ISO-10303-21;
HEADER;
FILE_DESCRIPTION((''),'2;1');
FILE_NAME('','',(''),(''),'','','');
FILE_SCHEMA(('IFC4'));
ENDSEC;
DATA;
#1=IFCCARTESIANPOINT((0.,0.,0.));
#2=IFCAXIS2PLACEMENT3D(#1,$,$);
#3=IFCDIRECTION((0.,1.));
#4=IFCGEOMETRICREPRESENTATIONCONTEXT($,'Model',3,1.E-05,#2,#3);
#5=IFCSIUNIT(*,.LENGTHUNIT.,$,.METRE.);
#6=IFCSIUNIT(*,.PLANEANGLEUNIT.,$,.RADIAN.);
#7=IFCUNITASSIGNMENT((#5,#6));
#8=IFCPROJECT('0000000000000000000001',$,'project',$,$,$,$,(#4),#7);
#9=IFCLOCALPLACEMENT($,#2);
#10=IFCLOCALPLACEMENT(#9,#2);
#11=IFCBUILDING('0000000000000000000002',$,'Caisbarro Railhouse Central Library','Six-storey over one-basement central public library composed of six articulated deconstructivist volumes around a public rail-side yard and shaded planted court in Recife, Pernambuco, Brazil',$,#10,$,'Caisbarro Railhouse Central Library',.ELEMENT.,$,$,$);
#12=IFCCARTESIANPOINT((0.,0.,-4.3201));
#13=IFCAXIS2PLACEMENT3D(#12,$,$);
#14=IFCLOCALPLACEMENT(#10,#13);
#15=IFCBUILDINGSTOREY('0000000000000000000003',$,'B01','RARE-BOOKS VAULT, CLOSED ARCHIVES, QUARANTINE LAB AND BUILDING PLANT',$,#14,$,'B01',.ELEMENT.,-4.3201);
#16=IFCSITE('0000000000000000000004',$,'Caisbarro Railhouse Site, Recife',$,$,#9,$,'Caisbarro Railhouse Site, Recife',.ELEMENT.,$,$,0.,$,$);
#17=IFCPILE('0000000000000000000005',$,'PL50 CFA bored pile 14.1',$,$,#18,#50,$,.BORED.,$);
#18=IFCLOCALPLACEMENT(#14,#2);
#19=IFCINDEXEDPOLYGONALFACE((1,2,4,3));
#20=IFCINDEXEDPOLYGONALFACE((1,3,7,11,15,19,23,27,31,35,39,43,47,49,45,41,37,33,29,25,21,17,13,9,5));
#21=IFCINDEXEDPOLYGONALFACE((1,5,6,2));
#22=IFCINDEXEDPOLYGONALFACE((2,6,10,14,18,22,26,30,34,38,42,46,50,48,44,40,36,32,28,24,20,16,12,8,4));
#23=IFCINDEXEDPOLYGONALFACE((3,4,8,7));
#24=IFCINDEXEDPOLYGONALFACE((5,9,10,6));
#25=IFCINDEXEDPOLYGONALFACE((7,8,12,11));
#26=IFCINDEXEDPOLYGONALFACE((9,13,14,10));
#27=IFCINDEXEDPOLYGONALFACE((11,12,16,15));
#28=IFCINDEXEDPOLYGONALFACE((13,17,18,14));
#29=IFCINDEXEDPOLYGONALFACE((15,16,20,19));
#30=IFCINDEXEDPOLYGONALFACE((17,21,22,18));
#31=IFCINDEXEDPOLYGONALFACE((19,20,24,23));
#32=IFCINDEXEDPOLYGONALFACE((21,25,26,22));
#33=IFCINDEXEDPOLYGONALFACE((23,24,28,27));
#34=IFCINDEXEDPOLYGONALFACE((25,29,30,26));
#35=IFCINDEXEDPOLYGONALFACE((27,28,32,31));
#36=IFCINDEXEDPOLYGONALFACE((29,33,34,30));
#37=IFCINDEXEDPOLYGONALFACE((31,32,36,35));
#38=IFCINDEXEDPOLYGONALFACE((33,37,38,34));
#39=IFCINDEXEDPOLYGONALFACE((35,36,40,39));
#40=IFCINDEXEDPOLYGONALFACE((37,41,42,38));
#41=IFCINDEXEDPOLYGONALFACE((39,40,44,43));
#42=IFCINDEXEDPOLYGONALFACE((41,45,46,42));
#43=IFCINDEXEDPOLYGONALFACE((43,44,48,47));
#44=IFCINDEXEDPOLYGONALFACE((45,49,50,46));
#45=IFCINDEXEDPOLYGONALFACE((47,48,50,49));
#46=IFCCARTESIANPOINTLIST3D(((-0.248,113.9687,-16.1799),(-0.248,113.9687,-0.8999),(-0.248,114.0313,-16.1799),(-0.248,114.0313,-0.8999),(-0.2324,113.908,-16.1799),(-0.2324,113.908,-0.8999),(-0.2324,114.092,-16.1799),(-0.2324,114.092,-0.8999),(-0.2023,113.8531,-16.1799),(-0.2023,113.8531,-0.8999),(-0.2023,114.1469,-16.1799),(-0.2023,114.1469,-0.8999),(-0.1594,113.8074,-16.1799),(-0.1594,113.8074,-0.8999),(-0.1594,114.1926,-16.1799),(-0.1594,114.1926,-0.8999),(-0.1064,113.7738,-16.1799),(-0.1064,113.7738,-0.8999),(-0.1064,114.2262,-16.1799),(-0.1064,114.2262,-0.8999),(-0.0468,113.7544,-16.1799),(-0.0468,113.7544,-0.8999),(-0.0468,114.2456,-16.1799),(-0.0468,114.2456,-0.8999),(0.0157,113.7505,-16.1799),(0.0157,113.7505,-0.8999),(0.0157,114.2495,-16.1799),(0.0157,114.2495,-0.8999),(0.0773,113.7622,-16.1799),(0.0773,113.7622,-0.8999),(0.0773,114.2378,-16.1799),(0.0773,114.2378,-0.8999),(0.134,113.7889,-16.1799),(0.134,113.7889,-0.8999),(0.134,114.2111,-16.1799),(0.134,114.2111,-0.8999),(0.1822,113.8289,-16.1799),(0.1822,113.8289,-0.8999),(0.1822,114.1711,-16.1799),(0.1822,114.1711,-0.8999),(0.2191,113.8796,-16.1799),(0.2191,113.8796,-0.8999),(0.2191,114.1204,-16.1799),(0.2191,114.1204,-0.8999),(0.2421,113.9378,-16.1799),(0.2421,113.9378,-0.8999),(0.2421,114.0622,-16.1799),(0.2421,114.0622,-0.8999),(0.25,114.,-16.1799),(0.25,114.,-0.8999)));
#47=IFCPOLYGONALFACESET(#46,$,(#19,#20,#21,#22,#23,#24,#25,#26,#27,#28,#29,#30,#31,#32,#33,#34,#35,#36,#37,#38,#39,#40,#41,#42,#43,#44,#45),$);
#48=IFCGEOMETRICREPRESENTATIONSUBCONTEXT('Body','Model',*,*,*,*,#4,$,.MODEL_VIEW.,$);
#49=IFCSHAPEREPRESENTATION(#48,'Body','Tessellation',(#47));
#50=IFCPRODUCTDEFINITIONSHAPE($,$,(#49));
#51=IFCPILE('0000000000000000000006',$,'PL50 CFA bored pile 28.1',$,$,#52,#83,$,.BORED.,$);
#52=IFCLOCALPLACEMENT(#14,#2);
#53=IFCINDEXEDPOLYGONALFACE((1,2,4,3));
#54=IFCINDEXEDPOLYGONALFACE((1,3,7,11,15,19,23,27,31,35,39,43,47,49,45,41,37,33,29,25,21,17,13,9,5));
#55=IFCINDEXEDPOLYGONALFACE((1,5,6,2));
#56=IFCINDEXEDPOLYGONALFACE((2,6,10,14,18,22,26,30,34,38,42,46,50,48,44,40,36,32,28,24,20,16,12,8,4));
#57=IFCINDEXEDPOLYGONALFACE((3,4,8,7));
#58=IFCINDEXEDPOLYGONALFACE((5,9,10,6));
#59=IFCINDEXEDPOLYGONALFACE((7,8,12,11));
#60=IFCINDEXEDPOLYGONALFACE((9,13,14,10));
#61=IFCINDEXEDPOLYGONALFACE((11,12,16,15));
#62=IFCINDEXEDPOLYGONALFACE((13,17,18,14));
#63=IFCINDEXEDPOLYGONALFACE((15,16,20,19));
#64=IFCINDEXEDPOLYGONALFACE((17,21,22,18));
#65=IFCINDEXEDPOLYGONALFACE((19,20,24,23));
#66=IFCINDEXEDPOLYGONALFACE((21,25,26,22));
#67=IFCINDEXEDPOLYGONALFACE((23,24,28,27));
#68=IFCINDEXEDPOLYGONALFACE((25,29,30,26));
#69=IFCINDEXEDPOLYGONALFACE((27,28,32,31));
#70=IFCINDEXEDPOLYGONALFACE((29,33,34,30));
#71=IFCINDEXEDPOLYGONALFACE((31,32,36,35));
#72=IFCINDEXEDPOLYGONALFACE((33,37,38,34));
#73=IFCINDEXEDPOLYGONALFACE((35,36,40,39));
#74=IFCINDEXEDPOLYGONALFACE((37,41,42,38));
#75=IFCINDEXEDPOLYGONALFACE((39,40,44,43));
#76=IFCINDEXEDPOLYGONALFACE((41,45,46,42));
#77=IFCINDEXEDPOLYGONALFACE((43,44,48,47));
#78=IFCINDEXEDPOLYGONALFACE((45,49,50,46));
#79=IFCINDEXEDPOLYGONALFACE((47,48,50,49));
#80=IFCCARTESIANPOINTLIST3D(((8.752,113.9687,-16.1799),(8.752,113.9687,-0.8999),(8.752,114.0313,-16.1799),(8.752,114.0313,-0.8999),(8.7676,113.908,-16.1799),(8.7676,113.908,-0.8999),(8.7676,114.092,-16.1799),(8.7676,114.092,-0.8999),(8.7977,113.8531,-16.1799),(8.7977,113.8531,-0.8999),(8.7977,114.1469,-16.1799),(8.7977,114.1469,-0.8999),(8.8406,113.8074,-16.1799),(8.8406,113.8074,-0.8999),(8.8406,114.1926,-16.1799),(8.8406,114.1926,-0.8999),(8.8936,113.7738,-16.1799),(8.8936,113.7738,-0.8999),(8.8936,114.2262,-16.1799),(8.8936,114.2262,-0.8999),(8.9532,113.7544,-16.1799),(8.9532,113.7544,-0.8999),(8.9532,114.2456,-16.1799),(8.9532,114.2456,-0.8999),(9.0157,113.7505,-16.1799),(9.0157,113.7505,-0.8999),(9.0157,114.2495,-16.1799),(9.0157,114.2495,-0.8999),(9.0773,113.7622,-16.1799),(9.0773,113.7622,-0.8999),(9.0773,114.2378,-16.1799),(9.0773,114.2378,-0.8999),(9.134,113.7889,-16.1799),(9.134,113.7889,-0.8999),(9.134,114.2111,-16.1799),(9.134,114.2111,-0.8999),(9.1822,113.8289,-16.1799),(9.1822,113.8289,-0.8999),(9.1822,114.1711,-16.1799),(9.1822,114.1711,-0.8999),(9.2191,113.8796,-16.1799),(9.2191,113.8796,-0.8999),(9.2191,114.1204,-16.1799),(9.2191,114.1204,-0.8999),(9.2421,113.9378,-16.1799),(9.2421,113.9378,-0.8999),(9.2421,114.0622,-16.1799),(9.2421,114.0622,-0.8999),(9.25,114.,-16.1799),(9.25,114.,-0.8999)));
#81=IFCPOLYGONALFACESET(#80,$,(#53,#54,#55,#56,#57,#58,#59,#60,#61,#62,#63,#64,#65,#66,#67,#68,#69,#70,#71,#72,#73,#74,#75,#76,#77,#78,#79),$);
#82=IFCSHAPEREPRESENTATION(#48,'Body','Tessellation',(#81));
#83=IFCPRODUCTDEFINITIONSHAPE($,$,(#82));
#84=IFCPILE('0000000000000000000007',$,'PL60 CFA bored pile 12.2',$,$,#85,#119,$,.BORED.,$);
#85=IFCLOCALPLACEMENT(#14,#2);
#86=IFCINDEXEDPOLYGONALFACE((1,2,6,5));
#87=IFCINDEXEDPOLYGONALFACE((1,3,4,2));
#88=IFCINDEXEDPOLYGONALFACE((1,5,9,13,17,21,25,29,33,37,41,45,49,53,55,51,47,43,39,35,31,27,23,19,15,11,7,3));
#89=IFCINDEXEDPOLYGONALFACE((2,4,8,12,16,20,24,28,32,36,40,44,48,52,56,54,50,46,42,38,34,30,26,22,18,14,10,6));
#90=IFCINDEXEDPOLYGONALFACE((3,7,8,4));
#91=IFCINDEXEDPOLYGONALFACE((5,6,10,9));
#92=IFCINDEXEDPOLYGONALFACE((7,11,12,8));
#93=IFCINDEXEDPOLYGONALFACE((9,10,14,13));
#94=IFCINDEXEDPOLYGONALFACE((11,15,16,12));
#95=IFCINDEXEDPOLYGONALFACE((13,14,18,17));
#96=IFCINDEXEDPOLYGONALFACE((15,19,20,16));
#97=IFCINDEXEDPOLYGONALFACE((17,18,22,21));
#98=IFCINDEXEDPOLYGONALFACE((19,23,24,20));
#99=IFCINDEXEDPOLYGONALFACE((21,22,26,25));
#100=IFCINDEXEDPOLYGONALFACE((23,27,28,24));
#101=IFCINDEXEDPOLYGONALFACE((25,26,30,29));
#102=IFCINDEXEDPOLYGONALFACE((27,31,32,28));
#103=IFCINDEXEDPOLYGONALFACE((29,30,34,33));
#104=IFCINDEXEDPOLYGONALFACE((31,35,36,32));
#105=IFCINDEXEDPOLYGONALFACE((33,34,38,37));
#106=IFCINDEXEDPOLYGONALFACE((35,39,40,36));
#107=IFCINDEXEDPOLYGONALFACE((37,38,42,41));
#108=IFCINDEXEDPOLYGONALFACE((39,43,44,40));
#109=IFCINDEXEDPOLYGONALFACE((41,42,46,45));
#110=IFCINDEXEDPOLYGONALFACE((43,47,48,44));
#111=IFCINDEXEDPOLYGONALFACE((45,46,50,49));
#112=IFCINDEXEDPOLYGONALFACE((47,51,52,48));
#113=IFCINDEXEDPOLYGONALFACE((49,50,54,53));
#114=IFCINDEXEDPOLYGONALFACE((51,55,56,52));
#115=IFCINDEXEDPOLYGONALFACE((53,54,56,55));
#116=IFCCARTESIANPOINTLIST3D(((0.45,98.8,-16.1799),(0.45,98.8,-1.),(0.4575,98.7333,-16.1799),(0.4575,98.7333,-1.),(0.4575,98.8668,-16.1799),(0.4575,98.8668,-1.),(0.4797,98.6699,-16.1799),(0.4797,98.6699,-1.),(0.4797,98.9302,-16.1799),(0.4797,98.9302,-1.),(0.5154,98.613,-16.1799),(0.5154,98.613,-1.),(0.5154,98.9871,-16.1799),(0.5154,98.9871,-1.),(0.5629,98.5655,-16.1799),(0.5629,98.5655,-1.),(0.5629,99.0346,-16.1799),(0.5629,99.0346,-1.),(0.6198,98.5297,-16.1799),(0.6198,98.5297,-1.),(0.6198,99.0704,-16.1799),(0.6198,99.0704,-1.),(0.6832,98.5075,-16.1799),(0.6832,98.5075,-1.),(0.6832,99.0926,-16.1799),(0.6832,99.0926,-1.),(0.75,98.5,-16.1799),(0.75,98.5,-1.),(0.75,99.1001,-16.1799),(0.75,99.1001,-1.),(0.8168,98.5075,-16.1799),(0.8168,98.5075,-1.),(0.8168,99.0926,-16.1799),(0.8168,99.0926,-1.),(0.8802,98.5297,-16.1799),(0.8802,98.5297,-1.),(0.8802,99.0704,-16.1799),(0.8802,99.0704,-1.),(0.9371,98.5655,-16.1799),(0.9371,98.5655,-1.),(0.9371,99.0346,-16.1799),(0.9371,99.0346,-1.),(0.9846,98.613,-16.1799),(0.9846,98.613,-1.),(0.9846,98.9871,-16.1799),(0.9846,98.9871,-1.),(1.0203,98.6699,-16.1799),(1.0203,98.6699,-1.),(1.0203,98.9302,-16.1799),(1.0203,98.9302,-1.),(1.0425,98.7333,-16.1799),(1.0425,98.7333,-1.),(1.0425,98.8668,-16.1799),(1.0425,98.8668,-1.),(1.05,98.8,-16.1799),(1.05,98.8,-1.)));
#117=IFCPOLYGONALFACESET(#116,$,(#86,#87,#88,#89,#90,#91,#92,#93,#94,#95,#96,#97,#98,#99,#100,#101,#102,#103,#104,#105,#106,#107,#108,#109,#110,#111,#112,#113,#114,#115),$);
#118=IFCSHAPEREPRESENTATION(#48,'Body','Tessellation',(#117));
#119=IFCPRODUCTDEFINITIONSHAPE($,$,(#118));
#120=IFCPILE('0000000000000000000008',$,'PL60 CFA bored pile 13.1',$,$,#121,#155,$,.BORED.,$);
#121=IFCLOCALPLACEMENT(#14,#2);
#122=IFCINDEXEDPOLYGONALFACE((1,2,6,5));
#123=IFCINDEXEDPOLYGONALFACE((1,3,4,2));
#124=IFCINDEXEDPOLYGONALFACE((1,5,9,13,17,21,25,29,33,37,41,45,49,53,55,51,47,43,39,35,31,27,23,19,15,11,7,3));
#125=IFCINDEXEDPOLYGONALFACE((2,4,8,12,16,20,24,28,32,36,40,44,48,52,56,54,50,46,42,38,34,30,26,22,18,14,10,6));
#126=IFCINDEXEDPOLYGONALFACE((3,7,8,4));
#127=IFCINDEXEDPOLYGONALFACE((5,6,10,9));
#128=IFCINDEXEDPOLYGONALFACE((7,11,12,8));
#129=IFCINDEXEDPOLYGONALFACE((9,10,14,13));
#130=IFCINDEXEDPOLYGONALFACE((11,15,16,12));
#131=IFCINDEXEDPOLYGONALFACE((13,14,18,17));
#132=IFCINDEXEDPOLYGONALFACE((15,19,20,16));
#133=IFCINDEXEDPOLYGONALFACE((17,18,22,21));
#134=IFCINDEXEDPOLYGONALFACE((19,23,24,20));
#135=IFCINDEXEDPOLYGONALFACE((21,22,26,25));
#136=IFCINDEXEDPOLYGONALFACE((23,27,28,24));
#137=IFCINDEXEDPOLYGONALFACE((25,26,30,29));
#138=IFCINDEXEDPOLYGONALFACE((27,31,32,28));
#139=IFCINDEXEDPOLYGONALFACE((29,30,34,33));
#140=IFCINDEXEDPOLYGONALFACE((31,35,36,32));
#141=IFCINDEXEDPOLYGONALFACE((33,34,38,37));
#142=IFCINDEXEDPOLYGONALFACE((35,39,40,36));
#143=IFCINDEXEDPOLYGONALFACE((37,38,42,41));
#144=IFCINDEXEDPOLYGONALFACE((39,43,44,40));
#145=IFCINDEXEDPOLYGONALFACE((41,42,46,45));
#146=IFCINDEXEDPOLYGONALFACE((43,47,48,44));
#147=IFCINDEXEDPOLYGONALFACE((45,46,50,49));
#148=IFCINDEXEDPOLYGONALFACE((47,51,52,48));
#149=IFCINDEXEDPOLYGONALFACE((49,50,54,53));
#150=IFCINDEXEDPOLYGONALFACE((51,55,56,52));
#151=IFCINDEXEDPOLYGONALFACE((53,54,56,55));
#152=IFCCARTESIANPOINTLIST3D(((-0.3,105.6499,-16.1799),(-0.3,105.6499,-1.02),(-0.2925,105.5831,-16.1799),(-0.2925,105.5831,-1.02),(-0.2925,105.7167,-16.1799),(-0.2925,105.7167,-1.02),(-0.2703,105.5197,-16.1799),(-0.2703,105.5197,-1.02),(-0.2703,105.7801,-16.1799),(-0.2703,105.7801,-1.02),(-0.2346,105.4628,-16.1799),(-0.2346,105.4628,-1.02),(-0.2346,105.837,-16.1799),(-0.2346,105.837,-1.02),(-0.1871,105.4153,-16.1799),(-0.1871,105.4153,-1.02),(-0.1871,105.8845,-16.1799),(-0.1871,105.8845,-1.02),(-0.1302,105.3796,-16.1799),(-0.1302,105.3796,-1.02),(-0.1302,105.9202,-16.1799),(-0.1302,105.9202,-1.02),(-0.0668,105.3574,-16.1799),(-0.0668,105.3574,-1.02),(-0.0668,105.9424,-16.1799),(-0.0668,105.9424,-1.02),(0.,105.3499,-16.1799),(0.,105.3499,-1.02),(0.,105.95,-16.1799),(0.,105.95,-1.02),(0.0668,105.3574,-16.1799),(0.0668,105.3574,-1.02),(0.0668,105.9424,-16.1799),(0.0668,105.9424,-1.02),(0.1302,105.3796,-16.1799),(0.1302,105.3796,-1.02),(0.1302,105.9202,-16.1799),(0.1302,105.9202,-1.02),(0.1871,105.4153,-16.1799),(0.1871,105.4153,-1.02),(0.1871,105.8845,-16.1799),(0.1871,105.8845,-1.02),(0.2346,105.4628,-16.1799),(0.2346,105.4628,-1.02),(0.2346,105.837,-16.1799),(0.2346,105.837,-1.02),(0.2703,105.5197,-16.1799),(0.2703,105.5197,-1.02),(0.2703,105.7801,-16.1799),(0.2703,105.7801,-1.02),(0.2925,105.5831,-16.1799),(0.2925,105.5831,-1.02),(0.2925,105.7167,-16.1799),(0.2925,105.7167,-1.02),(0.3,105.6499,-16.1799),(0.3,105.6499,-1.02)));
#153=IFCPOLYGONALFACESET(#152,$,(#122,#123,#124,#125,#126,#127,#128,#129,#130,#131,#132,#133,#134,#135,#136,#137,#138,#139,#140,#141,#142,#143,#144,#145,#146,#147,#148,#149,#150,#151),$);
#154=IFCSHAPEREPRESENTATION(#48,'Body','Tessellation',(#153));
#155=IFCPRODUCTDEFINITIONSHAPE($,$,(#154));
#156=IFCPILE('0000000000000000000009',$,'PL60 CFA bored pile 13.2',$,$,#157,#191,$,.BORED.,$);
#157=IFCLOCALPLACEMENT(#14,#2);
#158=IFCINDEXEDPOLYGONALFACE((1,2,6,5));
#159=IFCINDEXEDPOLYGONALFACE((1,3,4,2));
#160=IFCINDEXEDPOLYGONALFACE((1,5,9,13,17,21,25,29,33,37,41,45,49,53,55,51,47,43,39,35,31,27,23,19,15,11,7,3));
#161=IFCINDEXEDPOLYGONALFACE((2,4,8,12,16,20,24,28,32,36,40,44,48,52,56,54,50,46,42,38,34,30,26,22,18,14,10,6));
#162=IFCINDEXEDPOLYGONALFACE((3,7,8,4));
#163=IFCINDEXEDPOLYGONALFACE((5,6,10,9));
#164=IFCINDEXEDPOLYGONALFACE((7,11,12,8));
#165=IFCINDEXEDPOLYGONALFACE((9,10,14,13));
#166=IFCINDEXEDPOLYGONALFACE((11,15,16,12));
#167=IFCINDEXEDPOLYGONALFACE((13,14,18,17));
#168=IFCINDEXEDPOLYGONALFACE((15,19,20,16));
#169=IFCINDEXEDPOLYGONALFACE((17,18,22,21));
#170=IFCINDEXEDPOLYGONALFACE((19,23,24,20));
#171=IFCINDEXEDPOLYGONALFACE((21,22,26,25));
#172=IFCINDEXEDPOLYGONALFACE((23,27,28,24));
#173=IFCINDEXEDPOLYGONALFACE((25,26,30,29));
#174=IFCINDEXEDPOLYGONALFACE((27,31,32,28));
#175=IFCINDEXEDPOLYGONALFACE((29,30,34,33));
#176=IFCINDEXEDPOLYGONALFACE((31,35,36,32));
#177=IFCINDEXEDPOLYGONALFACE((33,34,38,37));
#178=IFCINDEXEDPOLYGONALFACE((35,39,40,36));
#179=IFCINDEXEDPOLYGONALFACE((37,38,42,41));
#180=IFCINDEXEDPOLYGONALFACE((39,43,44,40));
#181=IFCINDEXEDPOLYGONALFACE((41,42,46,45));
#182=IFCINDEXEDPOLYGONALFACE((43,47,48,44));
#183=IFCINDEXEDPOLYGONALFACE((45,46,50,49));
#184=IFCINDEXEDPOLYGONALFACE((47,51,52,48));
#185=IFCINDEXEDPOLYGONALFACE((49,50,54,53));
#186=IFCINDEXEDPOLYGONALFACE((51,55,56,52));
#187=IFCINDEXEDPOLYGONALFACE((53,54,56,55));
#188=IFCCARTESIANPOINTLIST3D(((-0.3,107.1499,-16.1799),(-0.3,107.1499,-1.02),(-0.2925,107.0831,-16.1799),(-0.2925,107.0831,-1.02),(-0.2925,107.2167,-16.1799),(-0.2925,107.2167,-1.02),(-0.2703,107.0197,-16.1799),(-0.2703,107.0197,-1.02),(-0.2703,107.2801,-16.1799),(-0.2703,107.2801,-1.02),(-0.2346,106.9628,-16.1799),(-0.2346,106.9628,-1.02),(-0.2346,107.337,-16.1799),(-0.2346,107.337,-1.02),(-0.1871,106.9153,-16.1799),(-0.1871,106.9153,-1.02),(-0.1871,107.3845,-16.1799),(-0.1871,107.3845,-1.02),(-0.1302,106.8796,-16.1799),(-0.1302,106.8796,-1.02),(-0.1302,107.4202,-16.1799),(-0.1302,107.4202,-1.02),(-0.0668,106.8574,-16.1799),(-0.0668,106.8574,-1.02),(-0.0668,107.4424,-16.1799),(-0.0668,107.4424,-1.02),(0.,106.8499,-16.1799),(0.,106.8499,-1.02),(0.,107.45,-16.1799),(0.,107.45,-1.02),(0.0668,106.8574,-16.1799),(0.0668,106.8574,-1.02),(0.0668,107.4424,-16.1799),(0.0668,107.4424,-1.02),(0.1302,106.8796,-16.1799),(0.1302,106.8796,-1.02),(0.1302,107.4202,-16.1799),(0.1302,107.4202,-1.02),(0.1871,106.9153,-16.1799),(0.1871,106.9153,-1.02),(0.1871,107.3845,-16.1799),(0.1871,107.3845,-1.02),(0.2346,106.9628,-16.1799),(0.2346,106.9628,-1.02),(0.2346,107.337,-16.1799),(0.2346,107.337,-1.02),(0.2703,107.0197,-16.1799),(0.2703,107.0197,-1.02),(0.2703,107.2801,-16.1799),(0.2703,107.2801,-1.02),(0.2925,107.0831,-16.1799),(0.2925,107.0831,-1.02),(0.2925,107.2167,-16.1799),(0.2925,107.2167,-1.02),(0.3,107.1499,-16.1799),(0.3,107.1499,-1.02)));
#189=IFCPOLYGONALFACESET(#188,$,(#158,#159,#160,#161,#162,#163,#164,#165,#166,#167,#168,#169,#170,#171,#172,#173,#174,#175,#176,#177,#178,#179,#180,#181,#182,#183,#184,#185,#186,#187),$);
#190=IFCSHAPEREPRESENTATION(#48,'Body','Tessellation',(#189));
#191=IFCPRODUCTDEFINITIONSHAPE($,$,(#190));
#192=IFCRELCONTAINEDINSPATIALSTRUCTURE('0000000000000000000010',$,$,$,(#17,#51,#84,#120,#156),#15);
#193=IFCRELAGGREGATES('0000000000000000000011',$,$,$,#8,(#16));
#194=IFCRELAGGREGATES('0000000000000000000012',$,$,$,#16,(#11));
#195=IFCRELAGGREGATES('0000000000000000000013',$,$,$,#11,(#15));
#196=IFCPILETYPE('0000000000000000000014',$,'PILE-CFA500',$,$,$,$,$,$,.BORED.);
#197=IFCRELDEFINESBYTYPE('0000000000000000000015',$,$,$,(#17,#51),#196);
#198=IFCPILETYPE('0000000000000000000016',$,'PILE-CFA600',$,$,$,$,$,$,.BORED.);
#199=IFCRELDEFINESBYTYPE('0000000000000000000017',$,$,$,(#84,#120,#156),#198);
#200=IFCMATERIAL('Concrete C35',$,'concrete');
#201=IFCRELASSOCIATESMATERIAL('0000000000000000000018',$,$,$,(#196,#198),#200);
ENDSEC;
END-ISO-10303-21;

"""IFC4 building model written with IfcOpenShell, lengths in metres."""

from ifc_helpers import new_model, si_unit, direction, frame, origin, origin_2d, place, context, subcontext, project, spatial, circle, extrude, material, material_profile, profile_set, type_object, element, save


model = new_model("IFC4")

# Units and contexts
model_context = context("Model", 3, precision=1e-05, world=origin(), true_north=direction((0.0, 1.0)))
body_context = subcontext(model_context, "Body", "Model", "MODEL_VIEW")
ifc_project = project(units=[si_unit("LENGTHUNIT", "METRE"), si_unit("PLANEANGLEUNIT", "RADIAN")], contexts=[model_context])

# Site, building, storey
site_placement = place(None, origin())
site = spatial("IfcSite", under=ifc_project, at=site_placement, Name="Caisbarro Railhouse Site, Recife", LongName="Caisbarro Railhouse Site, Recife", CompositionType="ELEMENT", RefElevation=0.0)
building_placement = place(site_placement, origin())
building = spatial("IfcBuilding", under=site, at=building_placement, Name="Caisbarro Railhouse Central Library", Description="Six-storey over one-basement central public library composed of six articulated deconstructivist volumes around a public rail-side yard and shaded planted court in Recife, Pernambuco, Brazil", LongName="Caisbarro Railhouse Central Library", CompositionType="ELEMENT")
storey_placement = place(building_placement, frame((0.0, 0.0, -4.3201)))
storey = spatial("IfcBuildingStorey", under=building, at=storey_placement, Name="B01", Description="RARE-BOOKS VAULT, CLOSED ARCHIVES, QUARANTINE LAB AND BUILDING PLANT", LongName="B01", CompositionType="ELEMENT", Elevation=-4.3201)

# Shared definitions
ifc_material_1 = material(Name="Concrete C35", Category="concrete")

# Piles
ifc_material_profile_1 = material_profile(ifc_material_1, circle(Radius=0.25, at=origin_2d()), Name="PILE-CFA-500")
ifc_profile_set_1 = profile_set([ifc_material_profile_1], Name="Concrete C35")
pile_type_1 = type_object("IfcPileType", Name="PILE-CFA500", PredefinedType="BORED", material=ifc_profile_set_1)
for number, where, z_axis, x_axis, name in (
    (1, (0.0, 114.0, -0.8999), (0.0, 0.0, -1.0), (1.0, 0.0, 0.0), "PL50 CFA bored pile 14.1"),
    (2, (9.0, 114.0, -0.8999), (0.0, 0.0, -1.0), (1.0, 0.0, 0.0), "PL50 CFA bored pile 28.1"),
):
    element("IfcPile", number, at=place(storey_placement, frame(where, z_axis=z_axis, x_axis=x_axis)), inside=storey, type_object=pile_type_1, Name=name, PredefinedType="BORED", context=body_context, shape_type="SweptSolid", body=[
        extrude(circle(Radius=0.25, at=origin_2d()), origin(), (0.0, 0.0, 1.0), 15.28),
    ])
ifc_material_profile_2 = material_profile(ifc_material_1, circle(Radius=0.3, at=origin_2d()), Name="PILE-CFA-600")
ifc_profile_set_2 = profile_set([ifc_material_profile_2], Name="Concrete C35")
pile_type_2 = type_object("IfcPileType", Name="PILE-CFA600", PredefinedType="BORED", material=ifc_profile_set_2)
pile_placement = place(storey_placement, frame((0.75, 98.8, -1.0), z_axis=(0.0, 0.0, -1.0), x_axis=(1.0, 0.0, 0.0)))
element("IfcPile", 3, at=pile_placement, inside=storey, type_object=pile_type_2, Name="PL60 CFA bored pile 12.2", PredefinedType="BORED", context=body_context, shape_type="SweptSolid", body=[
    extrude(circle(Radius=0.3, at=origin_2d()), origin(), (0.0, 0.0, 1.0), 15.1799),
])
for number, where, z_axis, x_axis, name in (
    (4, (0.0, 105.6499, -1.02), (0.0, 0.0, -1.0), (1.0, 0.0, 0.0), "PL60 CFA bored pile 13.1"),
    (5, (0.0, 107.1499, -1.02), (0.0, 0.0, -1.0), (1.0, 0.0, 0.0), "PL60 CFA bored pile 13.2"),
):
    element("IfcPile", number, at=place(storey_placement, frame(where, z_axis=z_axis, x_axis=x_axis)), inside=storey, type_object=pile_type_2, Name=name, PredefinedType="BORED", context=body_context, shape_type="SweptSolid", body=[
        extrude(circle(Radius=0.3, at=origin_2d()), origin(), (0.0, 0.0, 1.0), 15.1599),
    ])

save(model, "model.ifc")
